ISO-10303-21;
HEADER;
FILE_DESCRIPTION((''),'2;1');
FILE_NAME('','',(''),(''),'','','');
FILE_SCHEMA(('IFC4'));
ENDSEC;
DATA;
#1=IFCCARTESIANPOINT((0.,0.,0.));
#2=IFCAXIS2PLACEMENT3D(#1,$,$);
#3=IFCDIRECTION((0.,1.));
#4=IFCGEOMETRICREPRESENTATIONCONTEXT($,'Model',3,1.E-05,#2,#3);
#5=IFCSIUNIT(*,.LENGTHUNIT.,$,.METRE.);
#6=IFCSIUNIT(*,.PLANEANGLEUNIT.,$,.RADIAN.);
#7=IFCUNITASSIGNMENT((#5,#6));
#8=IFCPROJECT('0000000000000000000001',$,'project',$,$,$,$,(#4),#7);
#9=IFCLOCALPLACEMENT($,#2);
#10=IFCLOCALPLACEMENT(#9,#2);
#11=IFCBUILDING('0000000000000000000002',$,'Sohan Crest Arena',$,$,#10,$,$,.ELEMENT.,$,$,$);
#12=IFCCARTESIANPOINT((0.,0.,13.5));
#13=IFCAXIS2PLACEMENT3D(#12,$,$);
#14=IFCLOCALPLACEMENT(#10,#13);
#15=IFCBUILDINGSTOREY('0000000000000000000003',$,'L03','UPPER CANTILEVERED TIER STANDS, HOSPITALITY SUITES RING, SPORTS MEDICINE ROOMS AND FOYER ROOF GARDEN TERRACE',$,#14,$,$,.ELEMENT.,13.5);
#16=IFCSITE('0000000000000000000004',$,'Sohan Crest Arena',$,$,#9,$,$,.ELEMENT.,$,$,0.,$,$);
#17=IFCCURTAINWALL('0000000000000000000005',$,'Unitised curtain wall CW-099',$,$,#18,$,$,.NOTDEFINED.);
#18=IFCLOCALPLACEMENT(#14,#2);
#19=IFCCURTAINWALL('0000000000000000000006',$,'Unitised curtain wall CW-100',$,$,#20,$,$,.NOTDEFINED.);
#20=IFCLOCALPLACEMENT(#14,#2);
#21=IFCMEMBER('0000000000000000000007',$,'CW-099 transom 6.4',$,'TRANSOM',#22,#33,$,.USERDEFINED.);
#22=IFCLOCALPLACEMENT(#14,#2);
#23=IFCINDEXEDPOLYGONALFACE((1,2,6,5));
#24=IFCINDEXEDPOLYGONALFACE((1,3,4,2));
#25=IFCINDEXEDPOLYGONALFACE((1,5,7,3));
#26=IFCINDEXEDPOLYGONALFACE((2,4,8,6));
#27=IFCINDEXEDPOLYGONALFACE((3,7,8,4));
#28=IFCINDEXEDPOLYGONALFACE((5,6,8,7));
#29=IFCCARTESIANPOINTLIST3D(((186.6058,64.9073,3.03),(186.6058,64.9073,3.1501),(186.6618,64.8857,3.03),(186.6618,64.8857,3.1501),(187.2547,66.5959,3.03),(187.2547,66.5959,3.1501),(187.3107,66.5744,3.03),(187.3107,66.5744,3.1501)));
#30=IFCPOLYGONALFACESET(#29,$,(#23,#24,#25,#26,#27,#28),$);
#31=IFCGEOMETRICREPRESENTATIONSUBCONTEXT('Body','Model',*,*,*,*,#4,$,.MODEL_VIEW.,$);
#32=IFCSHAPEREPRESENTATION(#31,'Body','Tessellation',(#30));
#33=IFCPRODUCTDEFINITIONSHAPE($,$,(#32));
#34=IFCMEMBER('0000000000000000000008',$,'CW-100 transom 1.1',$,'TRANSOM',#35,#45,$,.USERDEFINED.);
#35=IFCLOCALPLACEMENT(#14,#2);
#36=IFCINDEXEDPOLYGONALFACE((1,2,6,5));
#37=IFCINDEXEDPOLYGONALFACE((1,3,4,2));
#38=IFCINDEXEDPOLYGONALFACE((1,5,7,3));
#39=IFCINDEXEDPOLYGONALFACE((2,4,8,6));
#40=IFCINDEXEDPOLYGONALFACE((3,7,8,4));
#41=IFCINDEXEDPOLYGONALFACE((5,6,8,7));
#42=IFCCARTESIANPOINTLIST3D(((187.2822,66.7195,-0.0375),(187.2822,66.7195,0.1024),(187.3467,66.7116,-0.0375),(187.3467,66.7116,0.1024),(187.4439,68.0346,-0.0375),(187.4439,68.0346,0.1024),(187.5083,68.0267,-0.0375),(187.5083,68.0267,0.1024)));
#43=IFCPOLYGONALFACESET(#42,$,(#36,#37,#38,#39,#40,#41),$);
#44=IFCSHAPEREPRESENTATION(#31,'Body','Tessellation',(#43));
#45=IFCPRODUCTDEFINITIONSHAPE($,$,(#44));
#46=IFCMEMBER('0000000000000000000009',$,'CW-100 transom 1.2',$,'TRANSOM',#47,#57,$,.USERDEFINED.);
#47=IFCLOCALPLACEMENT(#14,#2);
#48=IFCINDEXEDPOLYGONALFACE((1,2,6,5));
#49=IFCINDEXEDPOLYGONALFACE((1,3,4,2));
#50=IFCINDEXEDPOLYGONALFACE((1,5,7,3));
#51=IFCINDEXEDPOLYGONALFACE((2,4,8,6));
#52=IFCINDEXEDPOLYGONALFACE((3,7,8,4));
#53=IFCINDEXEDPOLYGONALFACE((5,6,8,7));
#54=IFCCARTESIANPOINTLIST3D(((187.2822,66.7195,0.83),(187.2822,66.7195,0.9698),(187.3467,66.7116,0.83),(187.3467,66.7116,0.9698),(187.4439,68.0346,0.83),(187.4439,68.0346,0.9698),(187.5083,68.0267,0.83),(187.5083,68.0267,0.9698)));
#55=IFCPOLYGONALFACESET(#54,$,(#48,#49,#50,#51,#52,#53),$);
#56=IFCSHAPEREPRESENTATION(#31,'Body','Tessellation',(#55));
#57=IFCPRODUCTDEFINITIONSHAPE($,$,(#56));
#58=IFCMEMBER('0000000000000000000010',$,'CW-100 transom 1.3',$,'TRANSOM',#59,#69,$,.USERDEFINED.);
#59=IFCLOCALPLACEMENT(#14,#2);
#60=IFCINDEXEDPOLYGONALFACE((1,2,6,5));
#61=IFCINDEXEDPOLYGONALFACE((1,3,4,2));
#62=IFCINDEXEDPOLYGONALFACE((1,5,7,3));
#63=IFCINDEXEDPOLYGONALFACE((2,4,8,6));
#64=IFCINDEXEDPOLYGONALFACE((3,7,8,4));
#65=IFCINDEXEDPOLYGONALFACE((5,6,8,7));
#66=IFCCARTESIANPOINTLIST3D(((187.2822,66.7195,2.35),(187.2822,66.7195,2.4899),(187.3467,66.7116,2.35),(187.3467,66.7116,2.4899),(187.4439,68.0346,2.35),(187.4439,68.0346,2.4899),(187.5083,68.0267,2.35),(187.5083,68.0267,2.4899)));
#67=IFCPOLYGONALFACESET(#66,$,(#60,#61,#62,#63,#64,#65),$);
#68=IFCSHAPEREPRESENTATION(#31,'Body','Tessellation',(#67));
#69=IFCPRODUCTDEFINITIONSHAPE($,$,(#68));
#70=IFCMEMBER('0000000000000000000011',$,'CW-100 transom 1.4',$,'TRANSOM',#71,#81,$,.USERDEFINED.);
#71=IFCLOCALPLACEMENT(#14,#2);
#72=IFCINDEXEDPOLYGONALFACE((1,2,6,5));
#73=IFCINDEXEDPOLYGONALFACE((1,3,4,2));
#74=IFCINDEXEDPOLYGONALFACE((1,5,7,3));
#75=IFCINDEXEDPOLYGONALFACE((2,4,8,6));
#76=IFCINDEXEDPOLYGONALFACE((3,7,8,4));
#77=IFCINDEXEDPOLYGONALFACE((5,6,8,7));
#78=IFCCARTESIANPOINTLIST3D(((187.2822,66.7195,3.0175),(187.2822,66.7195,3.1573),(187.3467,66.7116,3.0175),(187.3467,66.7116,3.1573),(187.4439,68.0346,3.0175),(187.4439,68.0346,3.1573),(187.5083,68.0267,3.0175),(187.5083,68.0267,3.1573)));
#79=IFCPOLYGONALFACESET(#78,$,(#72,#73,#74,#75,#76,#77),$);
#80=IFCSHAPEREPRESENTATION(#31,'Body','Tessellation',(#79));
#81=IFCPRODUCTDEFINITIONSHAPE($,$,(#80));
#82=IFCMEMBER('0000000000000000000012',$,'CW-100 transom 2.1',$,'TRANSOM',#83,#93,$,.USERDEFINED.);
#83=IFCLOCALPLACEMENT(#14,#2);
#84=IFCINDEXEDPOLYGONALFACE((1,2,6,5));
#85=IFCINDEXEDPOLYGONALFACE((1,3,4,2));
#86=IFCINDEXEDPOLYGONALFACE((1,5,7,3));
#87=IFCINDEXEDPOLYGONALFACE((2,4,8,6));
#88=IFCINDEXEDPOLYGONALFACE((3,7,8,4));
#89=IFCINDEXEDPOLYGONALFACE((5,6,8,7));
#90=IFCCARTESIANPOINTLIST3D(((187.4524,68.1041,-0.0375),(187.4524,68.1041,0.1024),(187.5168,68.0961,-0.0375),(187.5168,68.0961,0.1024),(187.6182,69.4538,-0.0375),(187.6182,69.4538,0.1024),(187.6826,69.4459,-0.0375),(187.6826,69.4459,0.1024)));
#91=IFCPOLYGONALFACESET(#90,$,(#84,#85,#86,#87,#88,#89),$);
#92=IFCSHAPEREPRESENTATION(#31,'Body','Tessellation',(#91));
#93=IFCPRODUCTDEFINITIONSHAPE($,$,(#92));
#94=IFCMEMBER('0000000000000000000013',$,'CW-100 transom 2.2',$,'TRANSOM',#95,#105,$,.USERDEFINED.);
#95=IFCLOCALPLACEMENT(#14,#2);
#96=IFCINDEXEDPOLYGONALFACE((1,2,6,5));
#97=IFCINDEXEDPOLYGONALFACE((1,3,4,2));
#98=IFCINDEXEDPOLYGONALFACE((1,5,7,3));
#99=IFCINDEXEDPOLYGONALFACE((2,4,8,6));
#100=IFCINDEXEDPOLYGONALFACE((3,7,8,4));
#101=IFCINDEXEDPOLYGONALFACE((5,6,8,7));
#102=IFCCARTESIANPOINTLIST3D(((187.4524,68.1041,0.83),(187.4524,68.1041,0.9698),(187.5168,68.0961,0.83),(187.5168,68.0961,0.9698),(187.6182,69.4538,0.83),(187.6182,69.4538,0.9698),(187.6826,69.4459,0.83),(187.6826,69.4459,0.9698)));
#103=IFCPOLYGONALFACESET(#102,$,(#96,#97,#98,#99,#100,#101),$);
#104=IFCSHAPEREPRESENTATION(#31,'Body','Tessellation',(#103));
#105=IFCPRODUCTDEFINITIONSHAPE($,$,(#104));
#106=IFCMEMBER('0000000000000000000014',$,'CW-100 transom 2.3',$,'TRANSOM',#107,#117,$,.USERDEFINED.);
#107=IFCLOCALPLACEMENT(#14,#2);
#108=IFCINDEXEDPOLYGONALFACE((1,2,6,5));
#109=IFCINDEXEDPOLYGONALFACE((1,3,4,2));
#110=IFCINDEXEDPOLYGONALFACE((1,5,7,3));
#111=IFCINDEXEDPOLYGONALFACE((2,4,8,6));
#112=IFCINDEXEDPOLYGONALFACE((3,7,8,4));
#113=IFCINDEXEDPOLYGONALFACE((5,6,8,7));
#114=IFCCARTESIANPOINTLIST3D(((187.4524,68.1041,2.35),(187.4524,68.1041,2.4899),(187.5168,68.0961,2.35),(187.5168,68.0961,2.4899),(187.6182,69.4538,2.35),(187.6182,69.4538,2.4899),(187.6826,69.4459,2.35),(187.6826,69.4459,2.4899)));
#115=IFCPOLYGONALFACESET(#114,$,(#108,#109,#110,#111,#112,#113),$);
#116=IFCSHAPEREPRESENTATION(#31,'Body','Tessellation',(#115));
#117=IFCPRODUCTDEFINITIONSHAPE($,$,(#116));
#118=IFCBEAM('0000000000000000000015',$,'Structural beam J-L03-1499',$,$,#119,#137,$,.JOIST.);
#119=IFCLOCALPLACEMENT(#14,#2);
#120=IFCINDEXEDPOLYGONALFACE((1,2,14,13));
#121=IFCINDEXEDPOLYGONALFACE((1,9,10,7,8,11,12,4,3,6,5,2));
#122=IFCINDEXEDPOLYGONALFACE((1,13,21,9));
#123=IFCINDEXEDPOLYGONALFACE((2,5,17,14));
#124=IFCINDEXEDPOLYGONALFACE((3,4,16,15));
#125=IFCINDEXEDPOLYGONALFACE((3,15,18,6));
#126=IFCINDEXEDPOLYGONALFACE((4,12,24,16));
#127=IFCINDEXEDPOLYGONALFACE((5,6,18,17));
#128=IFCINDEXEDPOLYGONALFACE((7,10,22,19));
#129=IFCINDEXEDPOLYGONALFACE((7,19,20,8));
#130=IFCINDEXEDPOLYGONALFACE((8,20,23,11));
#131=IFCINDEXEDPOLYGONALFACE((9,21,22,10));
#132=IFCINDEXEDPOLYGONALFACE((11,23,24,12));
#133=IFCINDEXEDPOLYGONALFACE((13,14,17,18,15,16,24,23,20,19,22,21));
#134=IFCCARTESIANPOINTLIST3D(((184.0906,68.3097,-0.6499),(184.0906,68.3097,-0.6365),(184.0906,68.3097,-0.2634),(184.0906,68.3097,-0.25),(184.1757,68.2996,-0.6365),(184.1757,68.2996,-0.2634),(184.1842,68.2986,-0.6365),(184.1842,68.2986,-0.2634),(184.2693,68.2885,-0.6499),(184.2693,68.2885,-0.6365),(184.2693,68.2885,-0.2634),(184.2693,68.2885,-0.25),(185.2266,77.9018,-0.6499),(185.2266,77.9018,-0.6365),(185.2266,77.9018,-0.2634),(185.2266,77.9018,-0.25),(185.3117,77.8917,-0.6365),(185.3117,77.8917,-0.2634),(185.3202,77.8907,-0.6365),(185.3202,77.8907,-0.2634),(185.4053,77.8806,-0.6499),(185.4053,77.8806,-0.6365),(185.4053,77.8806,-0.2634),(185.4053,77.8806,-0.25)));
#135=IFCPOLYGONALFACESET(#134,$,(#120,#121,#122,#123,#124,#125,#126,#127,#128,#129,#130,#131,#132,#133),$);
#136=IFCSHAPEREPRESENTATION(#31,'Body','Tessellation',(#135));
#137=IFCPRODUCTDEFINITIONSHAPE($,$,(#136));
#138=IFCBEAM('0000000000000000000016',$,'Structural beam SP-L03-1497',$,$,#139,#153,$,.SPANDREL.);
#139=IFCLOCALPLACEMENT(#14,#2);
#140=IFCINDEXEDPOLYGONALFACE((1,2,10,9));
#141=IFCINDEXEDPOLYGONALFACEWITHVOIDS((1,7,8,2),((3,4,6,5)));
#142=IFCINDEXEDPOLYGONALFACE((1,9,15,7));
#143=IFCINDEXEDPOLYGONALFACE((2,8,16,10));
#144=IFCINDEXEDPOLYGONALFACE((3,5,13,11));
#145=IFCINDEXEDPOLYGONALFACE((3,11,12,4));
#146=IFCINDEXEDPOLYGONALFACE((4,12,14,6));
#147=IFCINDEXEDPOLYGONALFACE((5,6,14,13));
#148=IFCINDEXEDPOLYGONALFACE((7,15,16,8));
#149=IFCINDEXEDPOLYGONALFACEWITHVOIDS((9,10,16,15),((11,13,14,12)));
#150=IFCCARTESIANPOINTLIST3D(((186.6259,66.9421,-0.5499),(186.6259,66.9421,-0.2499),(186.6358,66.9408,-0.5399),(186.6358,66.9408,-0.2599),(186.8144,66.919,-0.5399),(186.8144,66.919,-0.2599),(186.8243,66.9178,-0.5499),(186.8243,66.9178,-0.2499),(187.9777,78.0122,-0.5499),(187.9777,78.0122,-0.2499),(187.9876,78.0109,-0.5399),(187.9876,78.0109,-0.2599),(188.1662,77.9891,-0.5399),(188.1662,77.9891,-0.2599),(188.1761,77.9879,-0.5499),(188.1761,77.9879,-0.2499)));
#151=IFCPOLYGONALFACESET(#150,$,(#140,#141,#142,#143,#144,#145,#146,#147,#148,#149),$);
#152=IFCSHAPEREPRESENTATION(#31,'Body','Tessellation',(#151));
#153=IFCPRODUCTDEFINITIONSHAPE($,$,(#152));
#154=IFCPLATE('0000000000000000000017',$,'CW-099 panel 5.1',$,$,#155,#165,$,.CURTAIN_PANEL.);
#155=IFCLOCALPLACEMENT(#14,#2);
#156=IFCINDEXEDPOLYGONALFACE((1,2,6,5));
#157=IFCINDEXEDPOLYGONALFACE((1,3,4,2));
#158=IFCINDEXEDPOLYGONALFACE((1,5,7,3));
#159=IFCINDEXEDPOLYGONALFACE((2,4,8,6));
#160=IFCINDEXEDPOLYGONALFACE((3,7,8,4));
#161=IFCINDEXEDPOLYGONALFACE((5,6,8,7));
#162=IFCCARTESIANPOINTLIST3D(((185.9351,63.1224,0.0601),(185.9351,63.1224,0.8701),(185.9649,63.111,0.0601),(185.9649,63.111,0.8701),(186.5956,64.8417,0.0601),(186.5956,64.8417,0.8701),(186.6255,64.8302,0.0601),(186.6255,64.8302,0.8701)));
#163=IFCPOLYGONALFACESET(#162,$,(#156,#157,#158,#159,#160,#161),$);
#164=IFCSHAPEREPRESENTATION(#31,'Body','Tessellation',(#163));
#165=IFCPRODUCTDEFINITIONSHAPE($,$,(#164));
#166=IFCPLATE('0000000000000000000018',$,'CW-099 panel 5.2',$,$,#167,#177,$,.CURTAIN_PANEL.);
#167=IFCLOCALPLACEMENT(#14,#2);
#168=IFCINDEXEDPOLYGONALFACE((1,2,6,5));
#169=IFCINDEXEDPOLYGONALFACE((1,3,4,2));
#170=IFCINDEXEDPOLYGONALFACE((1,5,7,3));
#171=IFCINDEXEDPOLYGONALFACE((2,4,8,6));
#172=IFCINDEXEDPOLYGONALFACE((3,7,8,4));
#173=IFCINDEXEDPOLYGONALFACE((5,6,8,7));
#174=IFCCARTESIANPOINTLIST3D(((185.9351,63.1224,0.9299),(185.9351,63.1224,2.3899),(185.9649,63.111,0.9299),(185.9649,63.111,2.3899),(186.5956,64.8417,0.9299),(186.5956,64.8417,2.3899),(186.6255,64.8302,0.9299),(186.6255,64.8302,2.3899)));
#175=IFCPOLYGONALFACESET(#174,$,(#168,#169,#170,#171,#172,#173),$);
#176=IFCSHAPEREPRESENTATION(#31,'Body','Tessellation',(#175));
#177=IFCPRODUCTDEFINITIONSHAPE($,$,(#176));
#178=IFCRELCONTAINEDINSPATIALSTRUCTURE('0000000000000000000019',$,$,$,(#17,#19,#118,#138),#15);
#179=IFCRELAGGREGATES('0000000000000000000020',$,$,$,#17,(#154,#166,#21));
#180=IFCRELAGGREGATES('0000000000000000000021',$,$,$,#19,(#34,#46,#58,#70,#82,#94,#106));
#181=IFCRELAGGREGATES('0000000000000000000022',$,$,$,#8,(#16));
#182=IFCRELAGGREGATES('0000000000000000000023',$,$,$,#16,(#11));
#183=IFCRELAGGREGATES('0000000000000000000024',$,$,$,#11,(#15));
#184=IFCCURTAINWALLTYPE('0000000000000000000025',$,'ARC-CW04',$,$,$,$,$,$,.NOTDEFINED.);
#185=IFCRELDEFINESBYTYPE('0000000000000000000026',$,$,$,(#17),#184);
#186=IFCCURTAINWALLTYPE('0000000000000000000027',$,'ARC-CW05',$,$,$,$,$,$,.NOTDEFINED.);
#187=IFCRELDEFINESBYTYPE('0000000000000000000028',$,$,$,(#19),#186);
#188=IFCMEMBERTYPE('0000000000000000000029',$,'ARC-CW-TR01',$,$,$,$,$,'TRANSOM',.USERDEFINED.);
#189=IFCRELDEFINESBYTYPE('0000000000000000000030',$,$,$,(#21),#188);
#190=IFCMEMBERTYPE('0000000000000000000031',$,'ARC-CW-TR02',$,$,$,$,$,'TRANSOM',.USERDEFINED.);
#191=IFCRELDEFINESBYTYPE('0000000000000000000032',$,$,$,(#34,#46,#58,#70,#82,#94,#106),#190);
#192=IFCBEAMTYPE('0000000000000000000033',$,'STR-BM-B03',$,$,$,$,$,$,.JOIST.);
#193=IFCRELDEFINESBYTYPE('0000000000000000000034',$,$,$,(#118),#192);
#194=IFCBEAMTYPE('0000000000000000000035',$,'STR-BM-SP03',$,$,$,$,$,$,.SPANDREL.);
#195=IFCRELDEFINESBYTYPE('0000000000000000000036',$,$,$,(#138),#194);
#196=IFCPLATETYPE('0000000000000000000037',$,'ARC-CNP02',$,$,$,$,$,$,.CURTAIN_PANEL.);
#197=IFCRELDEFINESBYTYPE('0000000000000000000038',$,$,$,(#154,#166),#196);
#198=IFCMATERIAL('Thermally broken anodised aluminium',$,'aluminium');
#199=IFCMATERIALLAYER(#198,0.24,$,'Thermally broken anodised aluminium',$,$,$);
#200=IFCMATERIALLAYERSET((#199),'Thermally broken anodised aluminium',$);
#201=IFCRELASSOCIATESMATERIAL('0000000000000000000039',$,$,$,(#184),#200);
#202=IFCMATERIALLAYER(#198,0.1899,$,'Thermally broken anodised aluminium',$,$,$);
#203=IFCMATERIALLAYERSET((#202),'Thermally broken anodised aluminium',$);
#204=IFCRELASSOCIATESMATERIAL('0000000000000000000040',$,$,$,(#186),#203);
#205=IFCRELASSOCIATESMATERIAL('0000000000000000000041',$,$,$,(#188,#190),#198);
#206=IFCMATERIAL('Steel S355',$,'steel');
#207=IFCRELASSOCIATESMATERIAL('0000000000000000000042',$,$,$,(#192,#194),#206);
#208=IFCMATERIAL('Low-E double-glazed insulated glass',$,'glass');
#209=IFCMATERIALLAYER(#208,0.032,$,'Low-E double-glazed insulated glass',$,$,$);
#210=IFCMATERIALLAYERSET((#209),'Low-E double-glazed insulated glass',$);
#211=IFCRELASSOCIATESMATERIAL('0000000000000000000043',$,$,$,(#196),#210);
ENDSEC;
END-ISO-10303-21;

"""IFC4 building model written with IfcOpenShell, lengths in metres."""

from ifc_helpers import new_model, si_unit, direction, frame, origin, origin_2d, place, context, subcontext, project, spatial, rectangle, hollow_rectangle, i_section, extrude, material, layer, layer_set, material_profile, profile_set, type_object, element, aggregate, save


model = new_model("IFC4")

# Units and contexts
model_context = context("Model", 3, precision=1e-05, world=origin(), true_north=direction((0.0, 1.0)))
body_context = subcontext(model_context, "Body", "Model", "MODEL_VIEW")
ifc_project = project(units=[si_unit("LENGTHUNIT", "METRE"), si_unit("PLANEANGLEUNIT", "RADIAN")], contexts=[model_context])

# Site, building, storey
site_placement = place(None, origin())
site = spatial("IfcSite", under=ifc_project, at=site_placement, Name="Sohan Crest Arena", CompositionType="ELEMENT", RefElevation=0.0)
building_placement = place(site_placement, origin())
building = spatial("IfcBuilding", under=site, at=building_placement, Name="Sohan Crest Arena", CompositionType="ELEMENT")
storey_placement = place(building_placement, frame((0.0, 0.0, 13.5)))
storey = spatial("IfcBuildingStorey", under=building, at=storey_placement, Name="L03", Description="UPPER CANTILEVERED TIER STANDS, HOSPITALITY SUITES RING, SPORTS MEDICINE ROOMS AND FOYER ROOF GARDEN TERRACE", CompositionType="ELEMENT", Elevation=13.5)

# Shared definitions
ifc_material_1 = material(Name="Steel S355", Category="steel")

# Curtain walls
ifc_material_2 = material(Name="Thermally broken anodised aluminium", Category="aluminium")
ifc_layer_1 = layer(ifc_material_2, 0.24, Name="Thermally broken anodised aluminium")
ifc_layer_set_1 = layer_set([ifc_layer_1], Name="Thermally broken anodised aluminium")
curtain_wall_type_1 = type_object("IfcCurtainWallType", Name="ARC-CW04", PredefinedType="NOTDEFINED", material=ifc_layer_set_1)
curtain_wall_1_placement = place(storey_placement, origin())
curtain_wall_1 = element("IfcCurtainWall", 1, at=curtain_wall_1_placement, inside=storey, type_object=curtain_wall_type_1, Name="Unitised curtain wall CW-099", PredefinedType="NOTDEFINED")
ifc_layer_2 = layer(ifc_material_2, 0.1899, Name="Thermally broken anodised aluminium")
ifc_layer_set_2 = layer_set([ifc_layer_2], Name="Thermally broken anodised aluminium")
curtain_wall_type_2 = type_object("IfcCurtainWallType", Name="ARC-CW05", PredefinedType="NOTDEFINED", material=ifc_layer_set_2)
curtain_wall_2_placement = place(storey_placement, origin())
curtain_wall_2 = element("IfcCurtainWall", 2, at=curtain_wall_2_placement, inside=storey, type_object=curtain_wall_type_2, Name="Unitised curtain wall CW-100", PredefinedType="NOTDEFINED")

# Members
ifc_material_profile_1 = material_profile(ifc_material_2, rectangle(XDim=0.0601, YDim=0.1201, at=origin_2d()), Name="ALU-TRAN 60x120")
ifc_profile_set_1 = profile_set([ifc_material_profile_1], Name="Thermally broken anodised aluminium")
member_type_1 = type_object("IfcMemberType", Name="ARC-CW-TR01", ElementType="TRANSOM", PredefinedType="USERDEFINED", material=ifc_profile_set_1)
member_1_placement = place(storey_placement, frame((186.6338, 64.8965, 3.0901), z_axis=(0.358699, 0.933453, 0.0), x_axis=(-0.933453, 0.358699, 0.0)))
member_1 = element("IfcMember", 3, at=member_1_placement, type_object=member_type_1, Name="CW-099 transom 6.4", ObjectType="TRANSOM", PredefinedType="USERDEFINED", context=body_context, shape_type="SweptSolid", body=[
    extrude(rectangle(XDim=0.0601, YDim=0.1201, at=origin_2d()), origin(), (0.0, 0.0, 1.0), 1.8091),
])
ifc_material_profile_2 = material_profile(ifc_material_2, rectangle(XDim=0.0649, YDim=0.1399, at=origin_2d()), Name="ALU-TRAN 65x140")
ifc_profile_set_2 = profile_set([ifc_material_profile_2], Name="Thermally broken anodised aluminium")
member_type_2 = type_object("IfcMemberType", Name="ARC-CW-TR02", ElementType="TRANSOM", PredefinedType="USERDEFINED", material=ifc_profile_set_2)
member_2_placement = place(storey_placement, frame((187.3145, 66.7156, 0.0325), z_axis=(0.121993, 0.992531, 0.0), x_axis=(-0.992531, 0.121993, 0.0)))
member_2 = element("IfcMember", 4, at=member_2_placement, type_object=member_type_2, Name="CW-100 transom 1.1", ObjectType="TRANSOM", PredefinedType="USERDEFINED", context=body_context, shape_type="SweptSolid", body=[
    extrude(rectangle(XDim=0.0649, YDim=0.1399, at=origin_2d()), origin(), (0.0, 0.0, 1.0), 1.325),
])
member_3_placement = place(storey_placement, frame((187.3145, 66.7156, 0.8999), z_axis=(0.121993, 0.992531, 0.0), x_axis=(-0.992531, 0.121993, 0.0)))
member_3 = element("IfcMember", 5, at=member_3_placement, type_object=member_type_2, Name="CW-100 transom 1.2", ObjectType="TRANSOM", PredefinedType="USERDEFINED", context=body_context, shape_type="SweptSolid", body=[
    extrude(rectangle(XDim=0.0649, YDim=0.1399, at=origin_2d()), origin(), (0.0, 0.0, 1.0), 1.325),
])
member_4_placement = place(storey_placement, frame((187.3145, 66.7156, 2.4199), z_axis=(0.121993, 0.992531, 0.0), x_axis=(-0.992531, 0.121993, 0.0)))
member_4 = element("IfcMember", 6, at=member_4_placement, type_object=member_type_2, Name="CW-100 transom 1.3", ObjectType="TRANSOM", PredefinedType="USERDEFINED", context=body_context, shape_type="SweptSolid", body=[
    extrude(rectangle(XDim=0.0649, YDim=0.1399, at=origin_2d()), origin(), (0.0, 0.0, 1.0), 1.325),
])
member_5_placement = place(storey_placement, frame((187.3145, 66.7156, 3.0874), z_axis=(0.121993, 0.992531, 0.0), x_axis=(-0.992531, 0.121993, 0.0)))
member_5 = element("IfcMember", 7, at=member_5_placement, type_object=member_type_2, Name="CW-100 transom 1.4", ObjectType="TRANSOM", PredefinedType="USERDEFINED", context=body_context, shape_type="SweptSolid", body=[
    extrude(rectangle(XDim=0.0649, YDim=0.1399, at=origin_2d()), origin(), (0.0, 0.0, 1.0), 1.325),
])
member_6_placement = place(storey_placement, frame((187.4846, 68.1001, 0.0325), z_axis=(0.121913, 0.992541, 0.0), x_axis=(-0.992541, 0.121913, 0.0)))
member_6 = element("IfcMember", 8, at=member_6_placement, type_object=member_type_2, Name="CW-100 transom 2.1", ObjectType="TRANSOM", PredefinedType="USERDEFINED", context=body_context, shape_type="SweptSolid", body=[
    extrude(rectangle(XDim=0.0649, YDim=0.1399, at=origin_2d()), origin(), (0.0, 0.0, 1.0), 1.3599),
])
member_7_placement = place(storey_placement, frame((187.4846, 68.1001, 0.8999), z_axis=(0.121913, 0.992541, 0.0), x_axis=(-0.992541, 0.121913, 0.0)))
member_7 = element("IfcMember", 9, at=member_7_placement, type_object=member_type_2, Name="CW-100 transom 2.2", ObjectType="TRANSOM", PredefinedType="USERDEFINED", context=body_context, shape_type="SweptSolid", body=[
    extrude(rectangle(XDim=0.0649, YDim=0.1399, at=origin_2d()), origin(), (0.0, 0.0, 1.0), 1.3599),
])
member_8_placement = place(storey_placement, frame((187.4846, 68.1001, 2.4199), z_axis=(0.121913, 0.992541, 0.0), x_axis=(-0.992541, 0.121913, 0.0)))
member_8 = element("IfcMember", 10, at=member_8_placement, type_object=member_type_2, Name="CW-100 transom 2.3", ObjectType="TRANSOM", PredefinedType="USERDEFINED", context=body_context, shape_type="SweptSolid", body=[
    extrude(rectangle(XDim=0.0649, YDim=0.1399, at=origin_2d()), origin(), (0.0, 0.0, 1.0), 1.3599),
])

# Beams
ifc_material_profile_3 = material_profile(ifc_material_1, i_section(OverallWidth=0.1799, OverallDepth=0.3999, WebThickness=0.0085, FlangeThickness=0.0134, at=origin_2d()), Name="IPE 400")
ifc_profile_set_3 = profile_set([ifc_material_profile_3], Name="Steel S355")
beam_type_1 = type_object("IfcBeamType", Name="STR-BM-B03", PredefinedType="JOIST", material=ifc_profile_set_3)
beam_1_placement = place(storey_placement, frame((184.1799, 68.2991, -0.45), z_axis=(0.117608, 0.99306, 0.0), x_axis=(-0.99306, 0.117608, 0.0)))
element("IfcBeam", 11, at=beam_1_placement, inside=storey, type_object=beam_type_1, Name="Structural beam J-L03-1499", PredefinedType="JOIST", context=body_context, shape_type="SweptSolid", body=[
    extrude(i_section(OverallWidth=0.1799, OverallDepth=0.3999, WebThickness=0.0085, FlangeThickness=0.0134, at=origin_2d()), origin(), (0.0, 0.0, 1.0), 9.6592),
])
ifc_material_profile_4 = material_profile(ifc_material_1, hollow_rectangle(XDim=0.2, YDim=0.3, WallThickness=0.01, at=origin_2d()), Name="RHS 300x200x10")
ifc_profile_set_4 = profile_set([ifc_material_profile_4], Name="Steel S355")
beam_type_2 = type_object("IfcBeamType", Name="STR-BM-SP03", PredefinedType="SPANDREL", material=ifc_profile_set_4)
beam_2_placement = place(storey_placement, frame((186.7251, 66.9299, -0.3999), z_axis=(0.121213, 0.992626, 0.0), x_axis=(-0.992626, 0.121213, 0.0)))
element("IfcBeam", 12, at=beam_2_placement, inside=storey, type_object=beam_type_2, Name="Structural beam SP-L03-1497", PredefinedType="SPANDREL", context=body_context, shape_type="SweptSolid", body=[
    extrude(hollow_rectangle(XDim=0.2, YDim=0.3, WallThickness=0.01, at=origin_2d()), origin(), (0.0, 0.0, 1.0), 11.1523),
])

# Plates
ifc_material_3 = material(Name="Low-E double-glazed insulated glass", Category="glass")
ifc_layer_3 = layer(ifc_material_3, 0.032, Name="Low-E double-glazed insulated glass")
ifc_layer_set_3 = layer_set([ifc_layer_3], Name="Low-E double-glazed insulated glass")
plate_type_1 = type_object("IfcPlateType", Name="ARC-CNP02", PredefinedType="CURTAIN_PANEL", material=ifc_layer_set_3)
plate_1_placement = place(storey_placement, frame((186.2803, 63.9763, 0.0601), z_axis=(0.0, 0.0, 1.0), x_axis=(0.358651, 0.933472, 0.0)))
plate_1 = element("IfcPlate", 13, at=plate_1_placement, type_object=plate_type_1, Name="CW-099 panel 5.1", PredefinedType="CURTAIN_PANEL", context=body_context, shape_type="SweptSolid", body=[
    extrude(rectangle(XDim=1.8418, YDim=0.032, at=origin_2d()), origin(), (0.0, 0.0, 1.0), 0.8101),
])
plate_2_placement = place(storey_placement, frame((186.2803, 63.9763, 0.9299), z_axis=(0.0, 0.0, 1.0), x_axis=(0.358651, 0.933472, 0.0)))
plate_2 = element("IfcPlate", 14, at=plate_2_placement, type_object=plate_type_1, Name="CW-099 panel 5.2", PredefinedType="CURTAIN_PANEL", context=body_context, shape_type="SweptSolid", body=[
    extrude(rectangle(XDim=1.8418, YDim=0.032, at=origin_2d()), origin(), (0.0, 0.0, 1.0), 1.46),
])
aggregate(curtain_wall_1, [plate_1, plate_2, member_1])
aggregate(curtain_wall_2, [member_2, member_3, member_4, member_5, member_6, member_7, member_8])

save(model, "model.ifc")
